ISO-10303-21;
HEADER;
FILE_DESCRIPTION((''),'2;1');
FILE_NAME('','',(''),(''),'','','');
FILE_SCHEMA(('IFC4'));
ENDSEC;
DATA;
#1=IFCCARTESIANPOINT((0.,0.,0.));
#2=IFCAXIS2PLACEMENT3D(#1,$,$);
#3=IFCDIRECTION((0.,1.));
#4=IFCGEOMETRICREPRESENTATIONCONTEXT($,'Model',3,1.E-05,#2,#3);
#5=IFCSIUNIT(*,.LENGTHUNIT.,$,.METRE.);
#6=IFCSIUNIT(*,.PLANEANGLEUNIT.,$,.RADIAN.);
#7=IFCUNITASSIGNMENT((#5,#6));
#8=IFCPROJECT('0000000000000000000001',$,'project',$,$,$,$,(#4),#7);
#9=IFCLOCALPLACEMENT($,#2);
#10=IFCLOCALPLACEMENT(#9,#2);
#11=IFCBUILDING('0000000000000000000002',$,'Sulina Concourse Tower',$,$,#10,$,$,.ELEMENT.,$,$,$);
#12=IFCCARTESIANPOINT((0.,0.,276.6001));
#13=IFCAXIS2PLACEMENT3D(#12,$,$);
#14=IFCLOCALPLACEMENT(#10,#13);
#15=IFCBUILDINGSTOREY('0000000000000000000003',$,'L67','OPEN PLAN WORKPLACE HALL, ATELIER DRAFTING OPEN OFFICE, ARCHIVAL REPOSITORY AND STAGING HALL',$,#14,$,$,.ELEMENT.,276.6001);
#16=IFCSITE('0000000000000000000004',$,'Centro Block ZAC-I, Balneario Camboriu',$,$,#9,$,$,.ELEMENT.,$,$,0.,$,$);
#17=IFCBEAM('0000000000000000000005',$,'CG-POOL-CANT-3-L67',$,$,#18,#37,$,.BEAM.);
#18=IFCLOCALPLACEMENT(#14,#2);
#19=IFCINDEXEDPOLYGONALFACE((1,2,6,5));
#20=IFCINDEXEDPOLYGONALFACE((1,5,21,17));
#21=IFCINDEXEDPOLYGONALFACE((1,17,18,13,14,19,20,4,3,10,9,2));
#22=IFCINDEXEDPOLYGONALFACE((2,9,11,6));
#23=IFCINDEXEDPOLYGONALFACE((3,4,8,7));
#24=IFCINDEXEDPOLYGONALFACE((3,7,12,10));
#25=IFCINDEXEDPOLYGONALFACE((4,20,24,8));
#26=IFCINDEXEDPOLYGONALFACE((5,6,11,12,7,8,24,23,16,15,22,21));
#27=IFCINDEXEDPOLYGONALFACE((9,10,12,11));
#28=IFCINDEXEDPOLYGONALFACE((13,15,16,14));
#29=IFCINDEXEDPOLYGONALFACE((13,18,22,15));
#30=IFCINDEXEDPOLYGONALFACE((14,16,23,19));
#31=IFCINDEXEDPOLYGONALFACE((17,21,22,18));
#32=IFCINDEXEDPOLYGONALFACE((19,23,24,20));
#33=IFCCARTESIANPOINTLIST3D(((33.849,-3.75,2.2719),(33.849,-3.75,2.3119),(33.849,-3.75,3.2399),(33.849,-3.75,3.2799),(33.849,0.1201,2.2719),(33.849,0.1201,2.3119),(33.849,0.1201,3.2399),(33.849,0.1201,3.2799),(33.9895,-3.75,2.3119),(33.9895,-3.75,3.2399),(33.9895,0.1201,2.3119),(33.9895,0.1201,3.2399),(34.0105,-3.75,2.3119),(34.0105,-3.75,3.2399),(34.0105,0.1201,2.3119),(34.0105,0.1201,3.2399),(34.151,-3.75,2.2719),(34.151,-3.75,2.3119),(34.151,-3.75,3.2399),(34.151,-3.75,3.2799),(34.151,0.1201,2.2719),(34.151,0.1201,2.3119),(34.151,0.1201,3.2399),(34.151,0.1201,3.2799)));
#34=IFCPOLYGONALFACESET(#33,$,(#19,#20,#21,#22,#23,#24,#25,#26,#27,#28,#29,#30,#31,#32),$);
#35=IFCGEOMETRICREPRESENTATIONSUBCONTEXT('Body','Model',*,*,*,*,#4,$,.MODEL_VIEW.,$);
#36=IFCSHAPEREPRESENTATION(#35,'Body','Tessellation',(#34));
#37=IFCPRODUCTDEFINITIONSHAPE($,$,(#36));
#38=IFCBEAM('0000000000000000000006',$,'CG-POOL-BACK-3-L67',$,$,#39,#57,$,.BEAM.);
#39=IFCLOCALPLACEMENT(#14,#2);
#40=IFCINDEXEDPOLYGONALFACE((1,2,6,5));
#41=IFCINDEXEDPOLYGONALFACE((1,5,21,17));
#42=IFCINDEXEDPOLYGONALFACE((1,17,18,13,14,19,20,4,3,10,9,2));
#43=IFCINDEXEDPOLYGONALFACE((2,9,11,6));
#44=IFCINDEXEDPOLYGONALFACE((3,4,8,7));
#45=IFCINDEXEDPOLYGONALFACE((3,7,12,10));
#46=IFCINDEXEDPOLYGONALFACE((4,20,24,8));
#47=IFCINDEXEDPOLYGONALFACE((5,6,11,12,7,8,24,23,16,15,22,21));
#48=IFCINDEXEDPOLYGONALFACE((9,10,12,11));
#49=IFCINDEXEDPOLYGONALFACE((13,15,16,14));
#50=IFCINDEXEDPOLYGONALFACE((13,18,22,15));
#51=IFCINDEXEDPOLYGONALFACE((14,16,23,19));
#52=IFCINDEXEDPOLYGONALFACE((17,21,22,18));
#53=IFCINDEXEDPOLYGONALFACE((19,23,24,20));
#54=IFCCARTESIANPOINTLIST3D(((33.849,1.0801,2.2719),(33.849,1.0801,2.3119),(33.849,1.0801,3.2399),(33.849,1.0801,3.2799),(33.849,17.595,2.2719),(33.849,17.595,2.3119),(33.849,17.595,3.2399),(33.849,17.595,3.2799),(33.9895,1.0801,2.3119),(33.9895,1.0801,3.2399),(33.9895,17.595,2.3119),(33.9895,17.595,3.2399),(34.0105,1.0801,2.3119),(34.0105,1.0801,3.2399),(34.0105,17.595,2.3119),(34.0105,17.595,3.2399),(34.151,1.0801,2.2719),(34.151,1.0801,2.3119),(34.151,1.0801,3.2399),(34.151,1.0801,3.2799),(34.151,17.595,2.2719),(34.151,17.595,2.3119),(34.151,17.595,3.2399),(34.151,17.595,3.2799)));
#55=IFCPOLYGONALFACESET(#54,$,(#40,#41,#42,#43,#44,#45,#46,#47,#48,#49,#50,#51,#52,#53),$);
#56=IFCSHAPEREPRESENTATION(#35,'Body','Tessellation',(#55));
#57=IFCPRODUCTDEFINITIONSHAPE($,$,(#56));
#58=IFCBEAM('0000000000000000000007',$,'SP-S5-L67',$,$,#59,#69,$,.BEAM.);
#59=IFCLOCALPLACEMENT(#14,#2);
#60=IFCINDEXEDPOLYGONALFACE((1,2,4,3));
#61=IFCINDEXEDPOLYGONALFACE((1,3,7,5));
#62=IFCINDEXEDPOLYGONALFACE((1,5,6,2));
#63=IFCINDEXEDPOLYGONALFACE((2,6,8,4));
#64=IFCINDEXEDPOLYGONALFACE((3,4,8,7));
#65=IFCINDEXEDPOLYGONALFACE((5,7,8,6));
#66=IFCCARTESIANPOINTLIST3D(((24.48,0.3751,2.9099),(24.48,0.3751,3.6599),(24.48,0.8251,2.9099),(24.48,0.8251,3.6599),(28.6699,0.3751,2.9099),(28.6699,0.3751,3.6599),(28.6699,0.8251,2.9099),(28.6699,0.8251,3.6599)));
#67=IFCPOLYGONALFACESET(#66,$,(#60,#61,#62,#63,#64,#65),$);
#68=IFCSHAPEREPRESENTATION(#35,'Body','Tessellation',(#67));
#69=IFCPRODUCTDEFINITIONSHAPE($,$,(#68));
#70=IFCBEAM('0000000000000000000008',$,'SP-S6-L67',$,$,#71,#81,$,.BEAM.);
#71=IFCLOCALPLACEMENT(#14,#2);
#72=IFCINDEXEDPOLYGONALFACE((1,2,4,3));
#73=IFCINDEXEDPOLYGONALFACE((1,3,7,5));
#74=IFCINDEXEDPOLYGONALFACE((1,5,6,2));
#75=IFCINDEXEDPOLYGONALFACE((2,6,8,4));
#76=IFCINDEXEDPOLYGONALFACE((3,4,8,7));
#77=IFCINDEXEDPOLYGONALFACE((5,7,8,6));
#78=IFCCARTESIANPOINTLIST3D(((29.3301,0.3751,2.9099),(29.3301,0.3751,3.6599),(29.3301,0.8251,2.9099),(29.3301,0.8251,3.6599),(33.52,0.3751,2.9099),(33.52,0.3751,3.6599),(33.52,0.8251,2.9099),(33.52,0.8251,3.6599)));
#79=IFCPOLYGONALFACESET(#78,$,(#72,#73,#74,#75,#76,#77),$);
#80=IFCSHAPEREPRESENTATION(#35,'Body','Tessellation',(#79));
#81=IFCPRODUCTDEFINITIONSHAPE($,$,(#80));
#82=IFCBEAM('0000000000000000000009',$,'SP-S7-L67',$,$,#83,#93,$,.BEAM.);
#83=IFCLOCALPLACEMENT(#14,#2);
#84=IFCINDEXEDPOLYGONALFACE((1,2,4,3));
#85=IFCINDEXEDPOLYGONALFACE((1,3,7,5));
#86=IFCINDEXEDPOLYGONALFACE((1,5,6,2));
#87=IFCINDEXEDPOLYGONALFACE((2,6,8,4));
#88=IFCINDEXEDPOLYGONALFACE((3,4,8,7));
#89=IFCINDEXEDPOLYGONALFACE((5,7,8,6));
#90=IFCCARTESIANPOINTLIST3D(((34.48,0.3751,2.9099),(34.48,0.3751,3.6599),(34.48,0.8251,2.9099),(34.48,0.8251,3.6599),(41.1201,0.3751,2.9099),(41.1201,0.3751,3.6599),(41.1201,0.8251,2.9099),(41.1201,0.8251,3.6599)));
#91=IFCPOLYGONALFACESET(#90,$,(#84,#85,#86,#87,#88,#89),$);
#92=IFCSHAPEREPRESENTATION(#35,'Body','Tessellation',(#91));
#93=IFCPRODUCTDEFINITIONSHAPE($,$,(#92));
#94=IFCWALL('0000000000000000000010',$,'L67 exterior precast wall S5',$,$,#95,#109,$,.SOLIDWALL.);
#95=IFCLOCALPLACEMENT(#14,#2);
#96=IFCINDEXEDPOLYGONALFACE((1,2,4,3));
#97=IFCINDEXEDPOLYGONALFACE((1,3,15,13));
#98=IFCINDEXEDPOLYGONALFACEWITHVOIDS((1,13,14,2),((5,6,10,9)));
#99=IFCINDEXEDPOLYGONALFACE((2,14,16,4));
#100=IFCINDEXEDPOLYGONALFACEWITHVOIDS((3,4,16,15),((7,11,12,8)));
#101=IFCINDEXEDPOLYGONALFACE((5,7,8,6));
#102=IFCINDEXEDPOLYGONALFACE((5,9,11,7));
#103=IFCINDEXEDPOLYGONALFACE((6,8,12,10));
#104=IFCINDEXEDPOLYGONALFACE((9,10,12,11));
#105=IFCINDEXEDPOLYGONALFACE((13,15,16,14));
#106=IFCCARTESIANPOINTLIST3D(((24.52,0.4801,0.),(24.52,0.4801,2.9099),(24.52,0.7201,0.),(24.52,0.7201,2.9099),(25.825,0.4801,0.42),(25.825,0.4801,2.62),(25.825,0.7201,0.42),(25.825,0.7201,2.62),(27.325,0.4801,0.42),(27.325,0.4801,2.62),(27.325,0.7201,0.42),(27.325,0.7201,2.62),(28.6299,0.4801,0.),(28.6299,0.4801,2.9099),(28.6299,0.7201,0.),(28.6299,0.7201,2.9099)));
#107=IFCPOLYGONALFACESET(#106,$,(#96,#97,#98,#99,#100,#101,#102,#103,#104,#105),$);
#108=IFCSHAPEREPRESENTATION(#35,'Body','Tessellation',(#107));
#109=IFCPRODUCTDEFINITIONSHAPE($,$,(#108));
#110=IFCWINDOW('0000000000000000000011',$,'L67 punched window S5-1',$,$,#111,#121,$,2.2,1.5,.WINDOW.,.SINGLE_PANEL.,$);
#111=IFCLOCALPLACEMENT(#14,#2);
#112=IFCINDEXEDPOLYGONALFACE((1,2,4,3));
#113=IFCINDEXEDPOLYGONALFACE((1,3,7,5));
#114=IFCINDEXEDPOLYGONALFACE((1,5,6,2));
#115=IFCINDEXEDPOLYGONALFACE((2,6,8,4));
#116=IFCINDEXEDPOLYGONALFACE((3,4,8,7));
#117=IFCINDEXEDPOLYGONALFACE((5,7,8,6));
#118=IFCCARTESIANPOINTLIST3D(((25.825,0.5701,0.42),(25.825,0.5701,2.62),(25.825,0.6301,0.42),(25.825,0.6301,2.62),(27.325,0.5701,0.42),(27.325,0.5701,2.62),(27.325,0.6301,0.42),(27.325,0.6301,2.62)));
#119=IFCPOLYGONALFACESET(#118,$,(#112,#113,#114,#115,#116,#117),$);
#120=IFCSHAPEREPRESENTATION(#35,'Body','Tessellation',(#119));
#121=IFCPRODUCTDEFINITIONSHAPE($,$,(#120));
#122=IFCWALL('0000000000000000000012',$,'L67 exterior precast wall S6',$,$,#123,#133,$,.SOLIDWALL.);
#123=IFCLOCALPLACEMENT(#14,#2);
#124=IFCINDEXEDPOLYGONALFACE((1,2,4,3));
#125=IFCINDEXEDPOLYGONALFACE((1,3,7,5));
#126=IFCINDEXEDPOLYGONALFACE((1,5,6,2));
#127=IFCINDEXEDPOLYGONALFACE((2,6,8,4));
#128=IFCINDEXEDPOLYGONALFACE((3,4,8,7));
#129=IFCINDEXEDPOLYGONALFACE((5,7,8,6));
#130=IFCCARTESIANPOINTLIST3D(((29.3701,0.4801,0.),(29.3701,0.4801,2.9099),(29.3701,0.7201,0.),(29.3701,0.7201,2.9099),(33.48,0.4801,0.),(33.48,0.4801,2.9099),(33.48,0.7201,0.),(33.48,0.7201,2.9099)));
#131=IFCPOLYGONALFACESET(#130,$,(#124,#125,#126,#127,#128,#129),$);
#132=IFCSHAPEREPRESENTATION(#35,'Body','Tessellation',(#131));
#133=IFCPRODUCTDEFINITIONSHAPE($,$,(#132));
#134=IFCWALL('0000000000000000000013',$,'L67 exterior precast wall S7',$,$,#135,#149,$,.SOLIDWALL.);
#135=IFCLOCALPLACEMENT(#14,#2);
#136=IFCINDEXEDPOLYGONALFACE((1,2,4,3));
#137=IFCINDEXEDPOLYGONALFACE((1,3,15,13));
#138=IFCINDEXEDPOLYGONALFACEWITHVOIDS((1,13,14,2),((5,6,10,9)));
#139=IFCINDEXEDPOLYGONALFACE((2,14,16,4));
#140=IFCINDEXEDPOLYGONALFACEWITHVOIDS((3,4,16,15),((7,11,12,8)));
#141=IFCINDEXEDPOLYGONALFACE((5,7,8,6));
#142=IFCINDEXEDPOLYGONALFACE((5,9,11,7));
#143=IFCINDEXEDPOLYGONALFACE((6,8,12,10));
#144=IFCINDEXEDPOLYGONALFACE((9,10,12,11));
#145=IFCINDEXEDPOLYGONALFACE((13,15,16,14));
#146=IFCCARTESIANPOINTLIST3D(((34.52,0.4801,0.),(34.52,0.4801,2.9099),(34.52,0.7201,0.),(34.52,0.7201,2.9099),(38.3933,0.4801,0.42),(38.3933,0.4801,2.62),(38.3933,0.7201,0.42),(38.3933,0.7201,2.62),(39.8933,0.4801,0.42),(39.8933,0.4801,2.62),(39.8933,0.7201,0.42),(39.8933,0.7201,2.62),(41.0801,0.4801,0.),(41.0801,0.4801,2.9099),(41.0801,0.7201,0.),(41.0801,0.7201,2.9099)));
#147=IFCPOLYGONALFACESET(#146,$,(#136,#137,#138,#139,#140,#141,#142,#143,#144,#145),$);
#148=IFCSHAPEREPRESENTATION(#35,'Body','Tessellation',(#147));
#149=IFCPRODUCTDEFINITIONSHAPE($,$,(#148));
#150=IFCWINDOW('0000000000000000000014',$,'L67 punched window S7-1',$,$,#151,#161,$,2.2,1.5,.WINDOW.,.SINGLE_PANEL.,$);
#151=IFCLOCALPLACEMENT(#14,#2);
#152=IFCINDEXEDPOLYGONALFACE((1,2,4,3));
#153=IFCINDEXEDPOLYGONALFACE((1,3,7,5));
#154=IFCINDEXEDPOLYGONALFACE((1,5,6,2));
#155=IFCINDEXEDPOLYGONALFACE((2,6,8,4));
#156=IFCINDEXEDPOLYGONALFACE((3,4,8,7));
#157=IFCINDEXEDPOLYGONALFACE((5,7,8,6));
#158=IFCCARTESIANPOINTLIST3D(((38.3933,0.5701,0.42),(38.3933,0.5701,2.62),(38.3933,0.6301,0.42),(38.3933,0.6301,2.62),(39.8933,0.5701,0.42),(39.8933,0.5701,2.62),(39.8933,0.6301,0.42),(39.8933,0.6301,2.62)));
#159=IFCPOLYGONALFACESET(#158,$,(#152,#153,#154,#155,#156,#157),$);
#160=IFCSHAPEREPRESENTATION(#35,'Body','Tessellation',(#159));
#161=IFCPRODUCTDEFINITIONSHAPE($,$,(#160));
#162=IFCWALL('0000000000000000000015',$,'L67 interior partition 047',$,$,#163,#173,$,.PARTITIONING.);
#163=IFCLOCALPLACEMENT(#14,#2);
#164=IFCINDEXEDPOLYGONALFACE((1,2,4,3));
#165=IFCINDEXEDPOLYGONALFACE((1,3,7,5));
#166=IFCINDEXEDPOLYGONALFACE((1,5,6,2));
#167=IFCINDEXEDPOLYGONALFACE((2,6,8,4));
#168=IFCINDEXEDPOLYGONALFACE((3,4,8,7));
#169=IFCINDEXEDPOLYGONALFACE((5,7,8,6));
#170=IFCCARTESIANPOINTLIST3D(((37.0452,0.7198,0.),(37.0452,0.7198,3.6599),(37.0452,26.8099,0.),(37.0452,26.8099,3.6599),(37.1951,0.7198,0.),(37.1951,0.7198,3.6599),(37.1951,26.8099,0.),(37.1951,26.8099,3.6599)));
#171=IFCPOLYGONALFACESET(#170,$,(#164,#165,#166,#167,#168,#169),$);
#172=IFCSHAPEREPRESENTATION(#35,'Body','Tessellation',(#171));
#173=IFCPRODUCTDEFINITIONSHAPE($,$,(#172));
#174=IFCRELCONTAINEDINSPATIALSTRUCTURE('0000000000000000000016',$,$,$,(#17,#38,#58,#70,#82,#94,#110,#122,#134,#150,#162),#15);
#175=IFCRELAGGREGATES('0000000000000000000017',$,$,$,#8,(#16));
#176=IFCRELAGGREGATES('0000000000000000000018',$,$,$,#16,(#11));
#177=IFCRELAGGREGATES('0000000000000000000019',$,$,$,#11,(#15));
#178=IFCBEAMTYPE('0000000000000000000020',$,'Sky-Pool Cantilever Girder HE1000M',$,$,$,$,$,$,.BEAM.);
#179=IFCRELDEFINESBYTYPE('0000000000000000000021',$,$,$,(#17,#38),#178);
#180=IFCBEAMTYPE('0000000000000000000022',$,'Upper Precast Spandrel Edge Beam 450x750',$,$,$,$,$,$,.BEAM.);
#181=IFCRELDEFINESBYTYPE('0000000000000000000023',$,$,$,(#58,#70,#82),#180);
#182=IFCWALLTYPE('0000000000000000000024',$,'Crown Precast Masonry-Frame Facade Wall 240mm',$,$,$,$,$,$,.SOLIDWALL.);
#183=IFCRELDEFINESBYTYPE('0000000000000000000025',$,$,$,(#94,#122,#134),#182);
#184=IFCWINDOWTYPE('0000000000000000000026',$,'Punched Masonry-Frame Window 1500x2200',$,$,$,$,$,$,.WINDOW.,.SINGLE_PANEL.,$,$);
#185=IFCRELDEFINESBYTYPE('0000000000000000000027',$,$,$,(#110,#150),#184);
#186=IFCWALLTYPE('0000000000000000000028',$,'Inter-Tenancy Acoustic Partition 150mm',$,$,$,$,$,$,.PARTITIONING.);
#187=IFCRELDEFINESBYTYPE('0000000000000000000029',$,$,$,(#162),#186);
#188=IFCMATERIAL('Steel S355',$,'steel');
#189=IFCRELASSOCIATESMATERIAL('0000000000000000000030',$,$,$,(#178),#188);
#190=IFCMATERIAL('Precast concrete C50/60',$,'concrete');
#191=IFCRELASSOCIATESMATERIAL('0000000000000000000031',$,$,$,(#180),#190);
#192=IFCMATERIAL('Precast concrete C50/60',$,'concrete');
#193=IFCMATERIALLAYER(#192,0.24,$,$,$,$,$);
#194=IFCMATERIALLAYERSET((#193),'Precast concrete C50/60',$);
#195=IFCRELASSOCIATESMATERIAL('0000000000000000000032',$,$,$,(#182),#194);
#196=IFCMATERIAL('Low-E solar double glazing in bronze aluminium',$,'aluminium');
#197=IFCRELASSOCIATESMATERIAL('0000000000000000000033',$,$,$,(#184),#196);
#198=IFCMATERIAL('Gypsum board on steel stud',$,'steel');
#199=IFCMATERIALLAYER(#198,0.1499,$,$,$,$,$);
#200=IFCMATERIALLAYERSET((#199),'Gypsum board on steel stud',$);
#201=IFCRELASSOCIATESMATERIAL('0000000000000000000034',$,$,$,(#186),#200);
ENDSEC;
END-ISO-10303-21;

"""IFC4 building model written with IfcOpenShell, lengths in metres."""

from ifc_helpers import new_model, si_unit, direction, frame, frame_2d, origin, origin_2d, place, context, subcontext, project, spatial, rectangle, i_section, extrude, material, layer, layer_set, material_profile, profile_set, type_object, element, fill, save


model = new_model("IFC4")

# Units and contexts
model_context = context("Model", 3, precision=1e-05, world=origin(), true_north=direction((0.0, 1.0)))
body_context = subcontext(model_context, "Body", "Model", "MODEL_VIEW")
ifc_project = project(units=[si_unit("LENGTHUNIT", "METRE"), si_unit("PLANEANGLEUNIT", "RADIAN")], contexts=[model_context])

# Site, building, storey
site_placement = place(None, origin())
site = spatial("IfcSite", under=ifc_project, at=site_placement, Name="Centro Block ZAC-I, Balneario Camboriu", CompositionType="ELEMENT", RefElevation=0.0)
building_placement = place(site_placement, origin())
building = spatial("IfcBuilding", under=site, at=building_placement, Name="Sulina Concourse Tower", CompositionType="ELEMENT")
storey_placement = place(building_placement, frame((0.0, 0.0, 276.6001)))
storey = spatial("IfcBuildingStorey", under=building, at=storey_placement, Name="L67", Description="OPEN PLAN WORKPLACE HALL, ATELIER DRAFTING OPEN OFFICE, ARCHIVAL REPOSITORY AND STAGING HALL", CompositionType="ELEMENT", Elevation=276.6001)

# Beams
ifc_material_1 = material(Name="Steel S355", Category="steel")
ifc_material_profile_1 = material_profile(ifc_material_1, i_section(OverallWidth=0.302, OverallDepth=1.0081, WebThickness=0.021, FlangeThickness=0.04, at=origin_2d()), Name="HE 1000 M")
ifc_profile_set_1 = profile_set([ifc_material_profile_1], Name="Steel S355")
beam_type_1 = type_object("IfcBeamType", Name="Sky-Pool Cantilever Girder HE1000M", PredefinedType="BEAM", material=ifc_profile_set_1)
beam_1_placement = place(storey_placement, frame((34.0, -3.75, 2.7759), z_axis=(0.0, 1.0, 0.0), x_axis=(-1.0, 0.0, 0.0)))
element("IfcBeam", 1, at=beam_1_placement, inside=storey, type_object=beam_type_1, Name="CG-POOL-CANT-3-L67", PredefinedType="BEAM", context=body_context, shape_type="SweptSolid", body=[
    extrude(i_section(OverallWidth=0.302, OverallDepth=1.0081, WebThickness=0.021, FlangeThickness=0.04, at=origin_2d()), origin(), (0.0, 0.0, 1.0), 3.8701),
])
beam_2_placement = place(storey_placement, frame((34.0, 1.0801, 2.7759), z_axis=(0.0, 1.0, 0.0), x_axis=(-1.0, 0.0, 0.0)))
element("IfcBeam", 2, at=beam_2_placement, inside=storey, type_object=beam_type_1, Name="CG-POOL-BACK-3-L67", PredefinedType="BEAM", context=body_context, shape_type="SweptSolid", body=[
    extrude(i_section(OverallWidth=0.302, OverallDepth=1.0081, WebThickness=0.021, FlangeThickness=0.04, at=origin_2d()), origin(), (0.0, 0.0, 1.0), 16.5149),
])
ifc_material_2 = material(Name="Precast concrete C50/60", Category="concrete")
ifc_material_profile_2 = material_profile(ifc_material_2, rectangle(XDim=0.45, YDim=0.75, at=origin_2d()), Name="RC 450x750")
ifc_profile_set_2 = profile_set([ifc_material_profile_2], Name="Precast concrete C50/60")
beam_type_2 = type_object("IfcBeamType", Name="Upper Precast Spandrel Edge Beam 450x750", PredefinedType="BEAM", material=ifc_profile_set_2)
for number, where, z_axis, x_axis, name in (
    (3, (24.48, 0.6001, 3.2849), (1.0, 0.0, 0.0), (0.0, 1.0, 0.0), "SP-S5-L67"),
    (4, (29.3301, 0.6001, 3.2849), (1.0, 0.0, 0.0), (0.0, 1.0, 0.0), "SP-S6-L67"),
):
    element("IfcBeam", number, at=place(storey_placement, frame(where, z_axis=z_axis, x_axis=x_axis)), inside=storey, type_object=beam_type_2, Name=name, PredefinedType="BEAM", context=body_context, shape_type="SweptSolid", body=[
        extrude(rectangle(XDim=0.45, YDim=0.75, at=origin_2d()), origin(), (0.0, 0.0, 1.0), 4.1899),
    ])
beam_3_placement = place(storey_placement, frame((34.48, 0.6001, 3.2849), z_axis=(1.0, 0.0, 0.0), x_axis=(0.0, 1.0, 0.0)))
element("IfcBeam", 5, at=beam_3_placement, inside=storey, type_object=beam_type_2, Name="SP-S7-L67", PredefinedType="BEAM", context=body_context, shape_type="SweptSolid", body=[
    extrude(rectangle(XDim=0.45, YDim=0.75, at=origin_2d()), origin(), (0.0, 0.0, 1.0), 6.6401),
])

# Wall, opening, window
ifc_material_3 = material(Name="Precast concrete C50/60", Category="concrete")
ifc_layer_1 = layer(ifc_material_3, 0.24)
ifc_layer_set_1 = layer_set([ifc_layer_1], Name="Precast concrete C50/60")
wall_type_1 = type_object("IfcWallType", Name="Crown Precast Masonry-Frame Facade Wall 240mm", PredefinedType="SOLIDWALL", material=ifc_layer_set_1)
wall_1_placement = place(storey_placement, frame((28.6299, 0.6001, 0.0), z_axis=(0.0, 0.0, 1.0), x_axis=(-1.0, 0.0, 0.0)))
wall_1 = element("IfcWall", 6, at=wall_1_placement, inside=storey, type_object=wall_type_1, Name="L67 exterior precast wall S5", PredefinedType="SOLIDWALL", context=body_context, shape_type="SweptSolid", body=[
    extrude(rectangle(XDim=4.1099, YDim=0.24, at=frame_2d((2.0549, 0.0))), origin(), (0.0, 0.0, 1.0), 2.9099),
])
opening_1_placement = place(wall_1_placement, frame((1.3049, 0.0, 0.4199)))
opening_1 = element("IfcOpeningElement", 7, at=opening_1_placement, cuts=wall_1, PredefinedType="OPENING", context=body_context, shape_type="SweptSolid", body=[
    extrude(rectangle(XDim=1.5, YDim=2.2, at=frame_2d((0.75, 1.1001))), frame((0.0, 0.1299, 0.0), z_axis=(0.0, -1.0, 0.0), x_axis=(1.0, 0.0, 0.0)), (0.0, 0.0, 1.0), 0.26),
])
ifc_material_4 = material(Name="Low-E solar double glazing in bronze aluminium", Category="aluminium")
window_type = type_object("IfcWindowType", Name="Punched Masonry-Frame Window 1500x2200", PartitioningType="SINGLE_PANEL", PredefinedType="WINDOW", material=ifc_material_4)
window_1_placement = place(opening_1_placement, origin())
window_1 = element("IfcWindow", 8, at=window_1_placement, inside=storey, type_object=window_type, Name="L67 punched window S5-1", OverallHeight=2.2, OverallWidth=1.5, PartitioningType="SINGLE_PANEL", PredefinedType="WINDOW", context=body_context, shape_type="SweptSolid", body=[
    extrude(rectangle(XDim=1.5, YDim=2.2, at=frame_2d((0.75, 1.1001))), frame((0.0, 0.03, 0.0), z_axis=(0.0, -1.0, 0.0), x_axis=(1.0, 0.0, 0.0)), (0.0, 0.0, 1.0), 0.0601),
])
fill(opening_1, window_1)

# Wall
wall_2_placement = place(storey_placement, frame((33.48, 0.6001, 0.0), z_axis=(0.0, 0.0, 1.0), x_axis=(-1.0, 0.0, 0.0)))
element("IfcWall", 9, at=wall_2_placement, inside=storey, type_object=wall_type_1, Name="L67 exterior precast wall S6", PredefinedType="SOLIDWALL", context=body_context, shape_type="SweptSolid", body=[
    extrude(rectangle(XDim=4.1099, YDim=0.24, at=frame_2d((2.0549, 0.0))), origin(), (0.0, 0.0, 1.0), 2.9099),
])

# Wall, opening, window
wall_3_placement = place(storey_placement, frame((41.0801, 0.6001, 0.0), z_axis=(0.0, 0.0, 1.0), x_axis=(-1.0, 0.0, 0.0)))
wall_3 = element("IfcWall", 10, at=wall_3_placement, inside=storey, type_object=wall_type_1, Name="L67 exterior precast wall S7", PredefinedType="SOLIDWALL", context=body_context, shape_type="SweptSolid", body=[
    extrude(rectangle(XDim=6.5601, YDim=0.24, at=frame_2d((3.28, 0.0))), origin(), (0.0, 0.0, 1.0), 2.9099),
])
opening_2_placement = place(wall_3_placement, frame((1.1868, 0.0, 0.4199)))
opening_2 = element("IfcOpeningElement", 11, at=opening_2_placement, cuts=wall_3, PredefinedType="OPENING", context=body_context, shape_type="SweptSolid", body=[
    extrude(rectangle(XDim=1.5, YDim=2.2, at=frame_2d((0.75, 1.1001))), frame((0.0, 0.1299, 0.0), z_axis=(0.0, -1.0, 0.0), x_axis=(1.0, 0.0, 0.0)), (0.0, 0.0, 1.0), 0.26),
])
window_2_placement = place(opening_2_placement, origin())
window_2 = element("IfcWindow", 12, at=window_2_placement, inside=storey, type_object=window_type, Name="L67 punched window S7-1", OverallHeight=2.2, OverallWidth=1.5, PartitioningType="SINGLE_PANEL", PredefinedType="WINDOW", context=body_context, shape_type="SweptSolid", body=[
    extrude(rectangle(XDim=1.5, YDim=2.2, at=frame_2d((0.75, 1.1001))), frame((0.0, 0.03, 0.0), z_axis=(0.0, -1.0, 0.0), x_axis=(1.0, 0.0, 0.0)), (0.0, 0.0, 1.0), 0.0601),
])
fill(opening_2, window_2)

# Wall
ifc_material_5 = material(Name="Gypsum board on steel stud", Category="steel")
ifc_layer_2 = layer(ifc_material_5, 0.1499)
ifc_layer_set_2 = layer_set([ifc_layer_2], Name="Gypsum board on steel stud")
wall_type_2 = type_object("IfcWallType", Name="Inter-Tenancy Acoustic Partition 150mm", PredefinedType="PARTITIONING", material=ifc_layer_set_2)
wall_4_placement = place(storey_placement, frame((37.1201, 0.72, 0.0), z_axis=(0.0, 0.0, 1.0), x_axis=(0.0, 1.0, 0.0)))
element("IfcWall", 13, at=wall_4_placement, inside=storey, type_object=wall_type_2, Name="L67 interior partition 047", PredefinedType="PARTITIONING", context=body_context, shape_type="SweptSolid", body=[
    extrude(rectangle(XDim=26.0901, YDim=0.1499, at=frame_2d((13.0449, 0.0))), origin(), (0.0, 0.0, 1.0), 3.6599),
])

save(model, "model.ifc")
